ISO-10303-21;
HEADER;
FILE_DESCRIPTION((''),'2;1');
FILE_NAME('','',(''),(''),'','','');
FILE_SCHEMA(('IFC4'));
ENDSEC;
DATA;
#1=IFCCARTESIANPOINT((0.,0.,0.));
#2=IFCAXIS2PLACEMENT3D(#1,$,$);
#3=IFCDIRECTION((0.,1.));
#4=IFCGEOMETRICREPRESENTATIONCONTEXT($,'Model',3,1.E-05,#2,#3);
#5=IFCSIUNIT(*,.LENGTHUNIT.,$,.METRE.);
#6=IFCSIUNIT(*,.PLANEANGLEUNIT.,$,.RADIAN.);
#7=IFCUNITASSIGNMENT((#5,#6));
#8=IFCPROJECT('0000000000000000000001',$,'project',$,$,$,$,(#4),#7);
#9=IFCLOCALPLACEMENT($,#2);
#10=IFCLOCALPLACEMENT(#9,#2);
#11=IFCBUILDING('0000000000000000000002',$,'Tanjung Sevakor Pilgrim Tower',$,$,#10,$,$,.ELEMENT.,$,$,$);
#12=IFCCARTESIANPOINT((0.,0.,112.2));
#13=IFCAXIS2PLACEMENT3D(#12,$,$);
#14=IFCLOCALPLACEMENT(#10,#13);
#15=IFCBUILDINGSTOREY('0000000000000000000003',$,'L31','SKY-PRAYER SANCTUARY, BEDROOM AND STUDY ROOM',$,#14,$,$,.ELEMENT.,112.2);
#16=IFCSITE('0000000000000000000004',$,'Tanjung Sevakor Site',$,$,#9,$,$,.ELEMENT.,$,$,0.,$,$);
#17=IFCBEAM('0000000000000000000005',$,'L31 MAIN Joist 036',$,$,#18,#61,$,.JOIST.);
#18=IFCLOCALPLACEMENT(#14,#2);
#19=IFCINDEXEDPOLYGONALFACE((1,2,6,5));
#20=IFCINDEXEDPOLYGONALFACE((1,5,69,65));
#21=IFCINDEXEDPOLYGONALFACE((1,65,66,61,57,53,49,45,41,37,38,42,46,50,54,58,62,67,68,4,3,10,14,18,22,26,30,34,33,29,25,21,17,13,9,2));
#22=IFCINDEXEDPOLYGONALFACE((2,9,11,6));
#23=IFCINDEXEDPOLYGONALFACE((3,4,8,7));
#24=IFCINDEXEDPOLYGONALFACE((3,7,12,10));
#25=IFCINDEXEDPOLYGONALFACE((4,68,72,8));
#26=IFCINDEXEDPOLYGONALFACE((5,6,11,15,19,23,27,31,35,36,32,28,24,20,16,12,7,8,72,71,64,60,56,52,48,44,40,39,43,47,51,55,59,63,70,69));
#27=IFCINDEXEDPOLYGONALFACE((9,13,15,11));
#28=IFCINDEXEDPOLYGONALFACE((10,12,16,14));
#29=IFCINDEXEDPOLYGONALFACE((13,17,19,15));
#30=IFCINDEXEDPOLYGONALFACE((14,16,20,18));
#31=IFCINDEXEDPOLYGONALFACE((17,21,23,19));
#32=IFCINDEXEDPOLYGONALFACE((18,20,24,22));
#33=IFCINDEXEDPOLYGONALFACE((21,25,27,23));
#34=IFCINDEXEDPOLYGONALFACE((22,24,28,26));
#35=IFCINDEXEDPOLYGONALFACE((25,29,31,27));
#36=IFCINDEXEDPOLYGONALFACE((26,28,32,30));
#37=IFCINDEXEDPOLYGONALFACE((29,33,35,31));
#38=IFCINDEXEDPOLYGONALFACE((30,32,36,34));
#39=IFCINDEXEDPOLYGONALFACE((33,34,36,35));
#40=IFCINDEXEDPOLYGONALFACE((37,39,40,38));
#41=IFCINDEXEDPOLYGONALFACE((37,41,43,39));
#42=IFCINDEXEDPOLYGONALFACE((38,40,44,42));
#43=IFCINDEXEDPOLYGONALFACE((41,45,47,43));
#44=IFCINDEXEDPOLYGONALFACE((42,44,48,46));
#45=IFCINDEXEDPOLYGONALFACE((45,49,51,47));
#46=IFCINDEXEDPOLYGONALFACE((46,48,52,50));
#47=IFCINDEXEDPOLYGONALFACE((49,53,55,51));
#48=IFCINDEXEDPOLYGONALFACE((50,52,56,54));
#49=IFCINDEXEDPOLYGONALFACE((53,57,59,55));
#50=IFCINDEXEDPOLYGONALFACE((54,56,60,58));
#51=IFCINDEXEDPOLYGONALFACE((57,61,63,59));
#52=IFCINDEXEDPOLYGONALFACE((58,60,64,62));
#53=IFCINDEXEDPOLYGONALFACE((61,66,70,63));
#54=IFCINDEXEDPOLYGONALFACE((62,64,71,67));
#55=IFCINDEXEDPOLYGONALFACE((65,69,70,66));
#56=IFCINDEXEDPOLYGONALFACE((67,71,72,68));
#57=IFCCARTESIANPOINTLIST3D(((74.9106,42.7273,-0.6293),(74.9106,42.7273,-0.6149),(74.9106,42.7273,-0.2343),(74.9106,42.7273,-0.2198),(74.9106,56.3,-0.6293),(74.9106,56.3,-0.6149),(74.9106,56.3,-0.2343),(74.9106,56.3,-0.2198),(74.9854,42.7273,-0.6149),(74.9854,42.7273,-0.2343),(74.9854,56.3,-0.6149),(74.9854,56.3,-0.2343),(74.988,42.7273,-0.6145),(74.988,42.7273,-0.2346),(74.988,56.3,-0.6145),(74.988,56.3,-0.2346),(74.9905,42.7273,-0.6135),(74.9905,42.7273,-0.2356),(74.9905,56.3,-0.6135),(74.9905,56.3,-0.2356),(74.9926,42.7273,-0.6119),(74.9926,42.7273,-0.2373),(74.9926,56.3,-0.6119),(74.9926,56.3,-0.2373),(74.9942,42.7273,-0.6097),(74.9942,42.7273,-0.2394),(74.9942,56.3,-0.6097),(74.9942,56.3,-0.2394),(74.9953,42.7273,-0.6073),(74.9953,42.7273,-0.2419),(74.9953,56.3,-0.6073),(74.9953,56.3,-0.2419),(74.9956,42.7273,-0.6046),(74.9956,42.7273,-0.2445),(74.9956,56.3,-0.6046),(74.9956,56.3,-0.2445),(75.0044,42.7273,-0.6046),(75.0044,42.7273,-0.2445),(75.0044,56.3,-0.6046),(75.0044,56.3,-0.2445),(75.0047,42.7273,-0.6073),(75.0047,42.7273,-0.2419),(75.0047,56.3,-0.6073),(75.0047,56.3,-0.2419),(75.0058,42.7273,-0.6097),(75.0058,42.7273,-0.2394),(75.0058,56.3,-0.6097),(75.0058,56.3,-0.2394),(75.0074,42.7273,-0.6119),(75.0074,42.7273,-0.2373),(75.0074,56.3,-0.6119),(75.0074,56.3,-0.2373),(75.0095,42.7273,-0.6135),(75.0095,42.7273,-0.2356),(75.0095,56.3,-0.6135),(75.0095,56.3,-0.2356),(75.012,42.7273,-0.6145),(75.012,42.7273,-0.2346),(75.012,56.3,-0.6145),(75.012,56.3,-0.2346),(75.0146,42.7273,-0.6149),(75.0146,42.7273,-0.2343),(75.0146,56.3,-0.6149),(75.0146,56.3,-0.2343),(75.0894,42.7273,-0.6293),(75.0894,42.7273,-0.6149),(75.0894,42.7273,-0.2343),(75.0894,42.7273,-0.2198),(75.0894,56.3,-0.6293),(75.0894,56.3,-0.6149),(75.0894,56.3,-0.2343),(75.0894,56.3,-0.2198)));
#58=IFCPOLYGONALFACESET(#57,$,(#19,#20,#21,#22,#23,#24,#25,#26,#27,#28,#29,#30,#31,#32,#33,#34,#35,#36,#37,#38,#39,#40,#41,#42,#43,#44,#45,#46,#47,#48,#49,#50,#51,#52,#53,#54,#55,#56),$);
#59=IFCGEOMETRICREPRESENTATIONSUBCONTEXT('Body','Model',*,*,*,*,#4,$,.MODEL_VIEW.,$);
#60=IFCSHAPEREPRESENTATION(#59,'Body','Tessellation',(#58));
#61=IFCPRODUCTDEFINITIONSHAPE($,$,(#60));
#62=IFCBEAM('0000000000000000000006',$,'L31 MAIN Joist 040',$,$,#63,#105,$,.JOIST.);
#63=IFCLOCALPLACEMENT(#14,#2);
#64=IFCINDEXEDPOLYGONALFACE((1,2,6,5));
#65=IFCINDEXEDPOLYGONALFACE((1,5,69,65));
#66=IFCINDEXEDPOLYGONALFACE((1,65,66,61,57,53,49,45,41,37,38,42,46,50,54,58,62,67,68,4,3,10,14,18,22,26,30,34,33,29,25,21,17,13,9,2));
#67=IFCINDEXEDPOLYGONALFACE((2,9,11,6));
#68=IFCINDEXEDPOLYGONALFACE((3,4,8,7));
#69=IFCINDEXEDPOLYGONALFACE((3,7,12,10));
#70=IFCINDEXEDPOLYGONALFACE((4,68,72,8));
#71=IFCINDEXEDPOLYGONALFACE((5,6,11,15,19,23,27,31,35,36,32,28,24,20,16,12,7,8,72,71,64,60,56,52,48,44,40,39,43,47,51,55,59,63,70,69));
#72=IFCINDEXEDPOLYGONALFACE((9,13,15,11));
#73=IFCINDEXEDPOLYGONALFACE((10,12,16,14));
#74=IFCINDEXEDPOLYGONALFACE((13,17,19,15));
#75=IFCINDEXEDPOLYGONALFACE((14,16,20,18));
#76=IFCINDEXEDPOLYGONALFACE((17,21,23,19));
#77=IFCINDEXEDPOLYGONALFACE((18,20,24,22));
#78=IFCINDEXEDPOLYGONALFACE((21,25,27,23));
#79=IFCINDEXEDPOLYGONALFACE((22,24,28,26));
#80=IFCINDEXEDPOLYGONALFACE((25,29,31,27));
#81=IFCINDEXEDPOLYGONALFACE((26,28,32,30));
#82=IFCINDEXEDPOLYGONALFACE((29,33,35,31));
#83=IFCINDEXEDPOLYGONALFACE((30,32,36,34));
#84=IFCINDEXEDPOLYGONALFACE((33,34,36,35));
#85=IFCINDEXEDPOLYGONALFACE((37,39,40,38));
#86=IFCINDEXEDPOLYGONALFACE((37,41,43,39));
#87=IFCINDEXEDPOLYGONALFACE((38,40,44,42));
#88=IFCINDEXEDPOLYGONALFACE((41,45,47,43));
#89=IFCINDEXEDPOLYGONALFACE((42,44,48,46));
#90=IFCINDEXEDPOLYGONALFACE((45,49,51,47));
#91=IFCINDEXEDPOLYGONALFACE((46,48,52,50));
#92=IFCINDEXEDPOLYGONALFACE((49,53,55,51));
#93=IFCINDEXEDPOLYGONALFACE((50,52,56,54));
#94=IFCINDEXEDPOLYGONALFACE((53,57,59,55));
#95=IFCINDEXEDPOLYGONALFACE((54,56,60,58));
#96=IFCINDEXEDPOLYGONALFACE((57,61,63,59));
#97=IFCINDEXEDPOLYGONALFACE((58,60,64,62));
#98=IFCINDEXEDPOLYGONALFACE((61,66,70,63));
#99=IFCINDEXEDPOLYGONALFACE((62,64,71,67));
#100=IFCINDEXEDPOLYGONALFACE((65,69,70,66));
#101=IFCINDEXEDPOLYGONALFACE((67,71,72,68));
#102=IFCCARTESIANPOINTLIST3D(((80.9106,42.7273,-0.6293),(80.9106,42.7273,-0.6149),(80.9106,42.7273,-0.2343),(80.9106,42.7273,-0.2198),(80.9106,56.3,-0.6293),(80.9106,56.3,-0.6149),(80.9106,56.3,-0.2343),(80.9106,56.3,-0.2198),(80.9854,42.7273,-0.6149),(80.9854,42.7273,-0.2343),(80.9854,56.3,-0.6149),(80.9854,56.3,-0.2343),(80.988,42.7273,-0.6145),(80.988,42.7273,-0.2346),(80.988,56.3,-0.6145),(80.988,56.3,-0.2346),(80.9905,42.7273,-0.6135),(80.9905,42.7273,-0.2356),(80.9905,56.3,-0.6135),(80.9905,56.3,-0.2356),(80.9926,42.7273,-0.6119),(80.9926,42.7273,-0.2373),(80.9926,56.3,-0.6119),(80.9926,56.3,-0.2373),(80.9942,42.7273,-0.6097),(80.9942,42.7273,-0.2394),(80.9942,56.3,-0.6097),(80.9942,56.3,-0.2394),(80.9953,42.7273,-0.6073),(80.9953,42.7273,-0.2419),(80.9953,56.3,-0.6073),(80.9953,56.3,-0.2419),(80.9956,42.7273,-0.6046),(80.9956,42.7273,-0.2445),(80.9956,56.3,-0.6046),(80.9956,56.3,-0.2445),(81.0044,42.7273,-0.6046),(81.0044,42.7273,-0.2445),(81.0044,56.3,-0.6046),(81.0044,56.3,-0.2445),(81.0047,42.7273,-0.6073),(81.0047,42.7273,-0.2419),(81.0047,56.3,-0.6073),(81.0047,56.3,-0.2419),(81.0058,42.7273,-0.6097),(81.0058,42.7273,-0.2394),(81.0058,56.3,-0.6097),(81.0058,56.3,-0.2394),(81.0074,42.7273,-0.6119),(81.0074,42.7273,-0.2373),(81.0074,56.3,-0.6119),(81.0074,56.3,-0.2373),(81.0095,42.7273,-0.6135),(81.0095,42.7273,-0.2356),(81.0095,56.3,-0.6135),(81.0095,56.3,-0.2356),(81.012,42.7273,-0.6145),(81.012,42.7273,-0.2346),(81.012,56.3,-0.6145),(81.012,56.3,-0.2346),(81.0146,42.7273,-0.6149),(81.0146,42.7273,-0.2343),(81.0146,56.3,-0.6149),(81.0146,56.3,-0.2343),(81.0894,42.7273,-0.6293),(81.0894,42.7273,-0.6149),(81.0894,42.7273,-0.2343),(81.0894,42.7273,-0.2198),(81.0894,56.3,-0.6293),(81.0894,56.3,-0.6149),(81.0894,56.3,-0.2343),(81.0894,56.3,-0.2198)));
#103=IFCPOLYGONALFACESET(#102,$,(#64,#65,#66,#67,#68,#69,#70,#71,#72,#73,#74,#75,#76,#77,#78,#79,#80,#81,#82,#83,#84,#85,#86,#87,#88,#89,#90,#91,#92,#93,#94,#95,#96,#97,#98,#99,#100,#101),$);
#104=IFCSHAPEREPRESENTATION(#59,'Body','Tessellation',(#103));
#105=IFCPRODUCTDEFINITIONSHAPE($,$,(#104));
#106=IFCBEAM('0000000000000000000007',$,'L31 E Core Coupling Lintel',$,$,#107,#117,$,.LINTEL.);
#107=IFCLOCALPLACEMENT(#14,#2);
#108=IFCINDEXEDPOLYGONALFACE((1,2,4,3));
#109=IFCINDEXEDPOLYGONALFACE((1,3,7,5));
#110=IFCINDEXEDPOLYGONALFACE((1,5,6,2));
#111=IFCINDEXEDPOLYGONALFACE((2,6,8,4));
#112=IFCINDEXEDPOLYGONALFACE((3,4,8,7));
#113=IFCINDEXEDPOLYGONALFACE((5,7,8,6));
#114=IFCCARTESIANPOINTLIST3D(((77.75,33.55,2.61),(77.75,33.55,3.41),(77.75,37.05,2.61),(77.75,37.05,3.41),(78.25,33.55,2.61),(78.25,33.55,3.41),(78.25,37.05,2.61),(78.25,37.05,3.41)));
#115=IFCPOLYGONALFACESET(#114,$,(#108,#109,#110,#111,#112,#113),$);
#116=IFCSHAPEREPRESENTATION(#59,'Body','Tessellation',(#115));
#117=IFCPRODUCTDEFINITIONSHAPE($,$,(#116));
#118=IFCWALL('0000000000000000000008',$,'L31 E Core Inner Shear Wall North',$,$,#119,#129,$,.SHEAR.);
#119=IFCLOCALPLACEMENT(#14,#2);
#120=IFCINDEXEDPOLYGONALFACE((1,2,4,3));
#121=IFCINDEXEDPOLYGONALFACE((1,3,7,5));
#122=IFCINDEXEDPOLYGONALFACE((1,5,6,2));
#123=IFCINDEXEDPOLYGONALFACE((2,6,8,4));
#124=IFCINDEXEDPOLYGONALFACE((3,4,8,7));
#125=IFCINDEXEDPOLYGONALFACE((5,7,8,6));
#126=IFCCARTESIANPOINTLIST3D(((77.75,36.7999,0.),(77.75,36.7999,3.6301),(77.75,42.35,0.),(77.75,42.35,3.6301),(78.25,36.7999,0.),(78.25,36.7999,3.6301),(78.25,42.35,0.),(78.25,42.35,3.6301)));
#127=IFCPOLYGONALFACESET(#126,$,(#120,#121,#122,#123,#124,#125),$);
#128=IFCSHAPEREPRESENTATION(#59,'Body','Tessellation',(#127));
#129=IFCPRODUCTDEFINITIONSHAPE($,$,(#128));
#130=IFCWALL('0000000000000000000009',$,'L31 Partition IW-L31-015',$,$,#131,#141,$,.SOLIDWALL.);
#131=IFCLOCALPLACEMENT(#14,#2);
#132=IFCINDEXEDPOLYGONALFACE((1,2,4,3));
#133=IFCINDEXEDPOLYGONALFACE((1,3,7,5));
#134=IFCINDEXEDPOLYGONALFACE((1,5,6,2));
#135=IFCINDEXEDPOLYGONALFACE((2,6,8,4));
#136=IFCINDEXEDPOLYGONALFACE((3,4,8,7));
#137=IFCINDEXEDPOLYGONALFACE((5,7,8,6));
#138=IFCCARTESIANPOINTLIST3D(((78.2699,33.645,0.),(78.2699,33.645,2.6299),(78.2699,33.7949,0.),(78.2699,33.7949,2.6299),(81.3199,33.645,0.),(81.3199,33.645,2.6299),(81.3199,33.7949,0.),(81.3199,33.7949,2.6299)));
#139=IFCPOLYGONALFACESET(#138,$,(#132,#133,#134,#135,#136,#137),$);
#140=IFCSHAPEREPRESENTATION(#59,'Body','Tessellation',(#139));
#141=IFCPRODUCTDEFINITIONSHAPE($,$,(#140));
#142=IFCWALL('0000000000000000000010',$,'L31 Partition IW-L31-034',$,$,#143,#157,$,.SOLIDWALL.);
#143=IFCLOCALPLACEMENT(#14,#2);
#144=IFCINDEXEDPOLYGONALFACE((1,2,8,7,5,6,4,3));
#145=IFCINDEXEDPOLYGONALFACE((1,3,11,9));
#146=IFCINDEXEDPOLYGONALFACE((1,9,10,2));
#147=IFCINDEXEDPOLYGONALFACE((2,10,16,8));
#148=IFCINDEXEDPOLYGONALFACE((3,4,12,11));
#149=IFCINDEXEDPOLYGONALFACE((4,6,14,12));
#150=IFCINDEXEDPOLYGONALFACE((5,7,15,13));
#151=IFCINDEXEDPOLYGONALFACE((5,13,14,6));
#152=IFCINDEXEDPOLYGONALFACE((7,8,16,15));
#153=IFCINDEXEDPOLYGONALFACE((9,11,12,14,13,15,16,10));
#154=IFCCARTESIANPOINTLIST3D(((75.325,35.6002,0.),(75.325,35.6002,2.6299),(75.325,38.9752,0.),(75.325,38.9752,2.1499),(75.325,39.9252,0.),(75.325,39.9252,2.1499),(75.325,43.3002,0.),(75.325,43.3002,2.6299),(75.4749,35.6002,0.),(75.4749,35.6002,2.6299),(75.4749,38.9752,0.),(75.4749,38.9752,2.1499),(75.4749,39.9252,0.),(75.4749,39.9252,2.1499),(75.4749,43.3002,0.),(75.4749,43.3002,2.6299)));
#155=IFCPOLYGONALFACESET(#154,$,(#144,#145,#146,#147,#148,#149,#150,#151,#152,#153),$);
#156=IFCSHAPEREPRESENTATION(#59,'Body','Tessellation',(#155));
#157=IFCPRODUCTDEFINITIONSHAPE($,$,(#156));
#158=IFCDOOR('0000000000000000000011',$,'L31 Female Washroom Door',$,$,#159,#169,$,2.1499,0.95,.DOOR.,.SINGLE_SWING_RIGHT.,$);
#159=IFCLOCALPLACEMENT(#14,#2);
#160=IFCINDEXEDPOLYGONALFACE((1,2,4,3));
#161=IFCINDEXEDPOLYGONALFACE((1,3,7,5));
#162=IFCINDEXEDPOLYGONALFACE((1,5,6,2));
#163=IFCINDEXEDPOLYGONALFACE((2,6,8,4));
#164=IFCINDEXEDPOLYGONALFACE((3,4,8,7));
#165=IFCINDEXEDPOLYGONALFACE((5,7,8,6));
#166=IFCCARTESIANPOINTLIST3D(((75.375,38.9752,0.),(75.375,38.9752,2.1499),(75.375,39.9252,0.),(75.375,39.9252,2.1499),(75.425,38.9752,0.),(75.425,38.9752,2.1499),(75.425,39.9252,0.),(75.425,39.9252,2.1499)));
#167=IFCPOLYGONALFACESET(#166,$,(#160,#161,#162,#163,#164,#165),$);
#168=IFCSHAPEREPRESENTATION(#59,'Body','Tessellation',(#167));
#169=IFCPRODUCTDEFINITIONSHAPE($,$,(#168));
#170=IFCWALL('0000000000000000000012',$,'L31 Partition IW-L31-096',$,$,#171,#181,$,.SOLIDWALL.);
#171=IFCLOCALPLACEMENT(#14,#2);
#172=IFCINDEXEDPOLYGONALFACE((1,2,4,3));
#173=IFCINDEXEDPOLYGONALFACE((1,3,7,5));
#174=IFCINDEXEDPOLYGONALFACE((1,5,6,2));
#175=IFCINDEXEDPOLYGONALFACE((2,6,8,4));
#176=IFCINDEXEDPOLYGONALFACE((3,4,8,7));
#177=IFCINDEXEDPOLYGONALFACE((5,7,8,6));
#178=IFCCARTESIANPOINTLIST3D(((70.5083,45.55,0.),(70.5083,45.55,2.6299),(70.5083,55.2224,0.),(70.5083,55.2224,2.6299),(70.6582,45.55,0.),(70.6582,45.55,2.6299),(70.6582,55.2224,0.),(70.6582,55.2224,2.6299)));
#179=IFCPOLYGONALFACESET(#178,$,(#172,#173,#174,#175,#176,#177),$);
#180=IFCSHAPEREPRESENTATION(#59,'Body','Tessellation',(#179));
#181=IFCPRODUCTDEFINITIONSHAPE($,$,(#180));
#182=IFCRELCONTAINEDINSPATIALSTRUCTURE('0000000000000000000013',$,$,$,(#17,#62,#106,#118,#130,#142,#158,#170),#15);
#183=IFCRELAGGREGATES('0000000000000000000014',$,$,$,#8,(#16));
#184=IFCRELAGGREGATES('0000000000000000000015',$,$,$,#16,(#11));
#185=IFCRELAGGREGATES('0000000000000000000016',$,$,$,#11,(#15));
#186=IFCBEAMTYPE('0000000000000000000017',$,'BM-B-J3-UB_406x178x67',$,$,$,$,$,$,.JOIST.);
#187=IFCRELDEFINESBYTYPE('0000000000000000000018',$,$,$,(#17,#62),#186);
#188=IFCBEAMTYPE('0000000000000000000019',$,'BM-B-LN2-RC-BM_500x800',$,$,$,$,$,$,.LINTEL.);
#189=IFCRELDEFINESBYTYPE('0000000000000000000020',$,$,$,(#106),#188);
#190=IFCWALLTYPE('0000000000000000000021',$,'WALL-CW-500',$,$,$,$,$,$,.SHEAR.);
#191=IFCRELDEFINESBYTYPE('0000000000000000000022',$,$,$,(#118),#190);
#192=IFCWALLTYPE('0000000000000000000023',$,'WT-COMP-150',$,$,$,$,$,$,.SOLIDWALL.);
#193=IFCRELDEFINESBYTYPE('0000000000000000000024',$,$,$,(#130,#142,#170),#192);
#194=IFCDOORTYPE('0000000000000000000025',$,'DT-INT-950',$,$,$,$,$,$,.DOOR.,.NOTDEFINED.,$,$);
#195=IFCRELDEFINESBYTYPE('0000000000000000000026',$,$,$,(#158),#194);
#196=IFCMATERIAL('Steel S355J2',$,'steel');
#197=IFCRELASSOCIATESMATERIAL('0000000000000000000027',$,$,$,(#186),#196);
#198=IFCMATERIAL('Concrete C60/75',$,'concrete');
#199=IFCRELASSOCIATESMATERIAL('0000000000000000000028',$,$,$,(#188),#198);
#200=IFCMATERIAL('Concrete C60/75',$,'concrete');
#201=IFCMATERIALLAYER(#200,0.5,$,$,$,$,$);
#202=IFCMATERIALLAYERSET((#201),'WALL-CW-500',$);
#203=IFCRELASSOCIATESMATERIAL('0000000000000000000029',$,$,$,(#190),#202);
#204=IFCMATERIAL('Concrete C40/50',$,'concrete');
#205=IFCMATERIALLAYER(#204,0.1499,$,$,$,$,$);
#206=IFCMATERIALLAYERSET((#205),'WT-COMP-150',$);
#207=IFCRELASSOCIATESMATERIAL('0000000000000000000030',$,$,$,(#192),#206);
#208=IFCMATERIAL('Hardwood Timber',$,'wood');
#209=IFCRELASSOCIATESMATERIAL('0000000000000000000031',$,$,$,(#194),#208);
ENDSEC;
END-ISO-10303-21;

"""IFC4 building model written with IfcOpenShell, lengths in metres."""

from ifc_helpers import new_model, si_unit, direction, frame, frame_2d, origin, origin_2d, place, context, subcontext, project, spatial, rectangle, i_section, extrude, material, layer, layer_set, material_profile, profile_set, type_object, element, fill, save


model = new_model("IFC4")

# Units and contexts
model_context = context("Model", 3, precision=1e-05, world=origin(), true_north=direction((0.0, 1.0)))
body_context = subcontext(model_context, "Body", "Model", "MODEL_VIEW")
ifc_project = project(units=[si_unit("LENGTHUNIT", "METRE"), si_unit("PLANEANGLEUNIT", "RADIAN")], contexts=[model_context])

# Site, building, storey
site_placement = place(None, origin())
site = spatial("IfcSite", under=ifc_project, at=site_placement, Name="Tanjung Sevakor Site", CompositionType="ELEMENT", RefElevation=0.0)
building_placement = place(site_placement, origin())
building = spatial("IfcBuilding", under=site, at=building_placement, Name="Tanjung Sevakor Pilgrim Tower", CompositionType="ELEMENT")
storey_placement = place(building_placement, frame((0.0, 0.0, 112.2)))
storey = spatial("IfcBuildingStorey", under=building, at=storey_placement, Name="L31", Description="SKY-PRAYER SANCTUARY, BEDROOM AND STUDY ROOM", CompositionType="ELEMENT", Elevation=112.2)

# Beams
ifc_material_1 = material(Name="Steel S355J2", Category="steel")
ifc_material_profile_1 = material_profile(ifc_material_1, i_section(OverallWidth=0.1787, OverallDepth=0.4094, WebThickness=0.0088, FlangeThickness=0.0144, FilletRadius=0.0103, at=origin_2d()))
ifc_profile_set_1 = profile_set([ifc_material_profile_1], Name="Steel S355J2")
beam_type_1 = type_object("IfcBeamType", Name="BM-B-J3-UB_406x178x67", PredefinedType="JOIST", material=ifc_profile_set_1)
for number, where, z_axis, x_axis, name in (
    (1, (75.0, 42.7273, -0.4246), (0.0, 1.0, 0.0), (-1.0, 0.0, 0.0), "L31 MAIN Joist 036"),
    (2, (81.0, 42.7273, -0.4246), (0.0, 1.0, 0.0), (-1.0, 0.0, 0.0), "L31 MAIN Joist 040"),
):
    element("IfcBeam", number, at=place(storey_placement, frame(where, z_axis=z_axis, x_axis=x_axis)), inside=storey, type_object=beam_type_1, Name=name, PredefinedType="JOIST", context=body_context, shape_type="SweptSolid", body=[
        extrude(i_section(OverallWidth=0.1787, OverallDepth=0.4094, WebThickness=0.0088, FlangeThickness=0.0144, FilletRadius=0.0103, at=origin_2d()), origin(), (0.0, 0.0, 1.0), 13.5728),
    ])
ifc_material_2 = material(Name="Concrete C60/75", Category="concrete")
ifc_material_profile_2 = material_profile(ifc_material_2, rectangle(XDim=0.5, YDim=0.8, at=origin_2d()))
ifc_profile_set_2 = profile_set([ifc_material_profile_2], Name="Concrete C60/75")
beam_type_2 = type_object("IfcBeamType", Name="BM-B-LN2-RC-BM_500x800", PredefinedType="LINTEL", material=ifc_profile_set_2)
beam_1_placement = place(storey_placement, frame((78.0, 33.55, 3.01), z_axis=(0.0, 1.0, 0.0), x_axis=(-1.0, 0.0, 0.0)))
element("IfcBeam", 3, at=beam_1_placement, inside=storey, type_object=beam_type_2, Name="L31 E Core Coupling Lintel", PredefinedType="LINTEL", context=body_context, shape_type="SweptSolid", body=[
    extrude(rectangle(XDim=0.5, YDim=0.8, at=origin_2d()), origin(), (0.0, 0.0, 1.0), 3.5),
])

# Walls
ifc_material_3 = material(Name="Concrete C60/75", Category="concrete")
ifc_layer_1 = layer(ifc_material_3, 0.5)
ifc_layer_set_1 = layer_set([ifc_layer_1], Name="WALL-CW-500")
wall_type_1 = type_object("IfcWallType", Name="WALL-CW-500", PredefinedType="SHEAR", material=ifc_layer_set_1)
wall_1_placement = place(storey_placement, frame((78.0, 36.8, 0.0), z_axis=(0.0, 0.0, 1.0), x_axis=(0.0, 1.0, 0.0)))
element("IfcWall", 4, at=wall_1_placement, inside=storey, type_object=wall_type_1, Name="L31 E Core Inner Shear Wall North", PredefinedType="SHEAR", context=body_context, shape_type="SweptSolid", body=[
    extrude(rectangle(XDim=5.55, YDim=0.5, at=frame_2d((2.7749, 0.0))), origin(), (0.0, 0.0, 1.0), 3.6301),
])
ifc_material_4 = material(Name="Concrete C40/50", Category="concrete")
ifc_layer_2 = layer(ifc_material_4, 0.1499)
ifc_layer_set_2 = layer_set([ifc_layer_2], Name="WT-COMP-150")
wall_type_2 = type_object("IfcWallType", Name="WT-COMP-150", PredefinedType="SOLIDWALL", material=ifc_layer_set_2)
wall_2_placement = place(storey_placement, frame((78.27, 33.72, 0.0), z_axis=(0.0, 0.0, 1.0), x_axis=(1.0, 0.0, 0.0)))
element("IfcWall", 5, at=wall_2_placement, inside=storey, type_object=wall_type_2, Name="L31 Partition IW-L31-015", PredefinedType="SOLIDWALL", context=body_context, shape_type="SweptSolid", body=[
    extrude(rectangle(XDim=3.05, YDim=0.1499, at=frame_2d((1.5249, 0.0))), origin(), (0.0, 0.0, 1.0), 2.6299),
])

# Wall, opening, door
wall_3_placement = place(storey_placement, frame((75.3999, 35.6001, 0.0), z_axis=(0.0, 0.0, 1.0), x_axis=(0.0, 1.0, 0.0)))
wall_3 = element("IfcWall", 6, at=wall_3_placement, inside=storey, type_object=wall_type_2, Name="L31 Partition IW-L31-034", PredefinedType="SOLIDWALL", context=body_context, shape_type="SweptSolid", body=[
    extrude(rectangle(XDim=7.7, YDim=0.1499, at=frame_2d((3.8501, 0.0))), origin(), (0.0, 0.0, 1.0), 2.6299),
])
opening_1_placement = place(wall_3_placement, frame((3.375, 0.0, 0.0)))
opening_1 = element("IfcOpeningElement", 7, at=opening_1_placement, cuts=wall_3, PredefinedType="OPENING", context=body_context, shape_type="SweptSolid", body=[
    extrude(rectangle(XDim=0.95, YDim=2.1499, at=frame_2d((0.4751, 1.075))), frame((0.0, 0.085, 0.0), z_axis=(0.0, -1.0, 0.0), x_axis=(1.0, 0.0, 0.0)), (0.0, 0.0, 1.0), 0.1699),
])
ifc_material_5 = material(Name="Hardwood Timber", Category="wood")
door_type_1 = type_object("IfcDoorType", Name="DT-INT-950", OperationType="NOTDEFINED", PredefinedType="DOOR", material=ifc_material_5)
door_1_placement = place(opening_1_placement, origin())
door_1 = element("IfcDoor", 8, at=door_1_placement, inside=storey, type_object=door_type_1, Name="L31 Female Washroom Door", OperationType="SINGLE_SWING_RIGHT", OverallHeight=2.1499, OverallWidth=0.95, PredefinedType="DOOR", context=body_context, shape_type="SweptSolid", body=[
    extrude(rectangle(XDim=0.95, YDim=2.1499, at=frame_2d((0.4751, 1.075))), frame((0.0, 0.0249, 0.0), z_axis=(0.0, -1.0, 0.0), x_axis=(1.0, 0.0, 0.0)), (0.0, 0.0, 1.0), 0.05),
])
fill(opening_1, door_1)

# Wall
wall_4_placement = place(storey_placement, frame((70.5833, 45.55, 0.0), z_axis=(0.0, 0.0, 1.0), x_axis=(0.0, 1.0, 0.0)))
element("IfcWall", 9, at=wall_4_placement, inside=storey, type_object=wall_type_2, Name="L31 Partition IW-L31-096", PredefinedType="SOLIDWALL", context=body_context, shape_type="SweptSolid", body=[
    extrude(rectangle(XDim=9.6724, YDim=0.1499, at=frame_2d((4.8362, 0.0))), origin(), (0.0, 0.0, 1.0), 2.6299),
])

save(model, "model.ifc")
